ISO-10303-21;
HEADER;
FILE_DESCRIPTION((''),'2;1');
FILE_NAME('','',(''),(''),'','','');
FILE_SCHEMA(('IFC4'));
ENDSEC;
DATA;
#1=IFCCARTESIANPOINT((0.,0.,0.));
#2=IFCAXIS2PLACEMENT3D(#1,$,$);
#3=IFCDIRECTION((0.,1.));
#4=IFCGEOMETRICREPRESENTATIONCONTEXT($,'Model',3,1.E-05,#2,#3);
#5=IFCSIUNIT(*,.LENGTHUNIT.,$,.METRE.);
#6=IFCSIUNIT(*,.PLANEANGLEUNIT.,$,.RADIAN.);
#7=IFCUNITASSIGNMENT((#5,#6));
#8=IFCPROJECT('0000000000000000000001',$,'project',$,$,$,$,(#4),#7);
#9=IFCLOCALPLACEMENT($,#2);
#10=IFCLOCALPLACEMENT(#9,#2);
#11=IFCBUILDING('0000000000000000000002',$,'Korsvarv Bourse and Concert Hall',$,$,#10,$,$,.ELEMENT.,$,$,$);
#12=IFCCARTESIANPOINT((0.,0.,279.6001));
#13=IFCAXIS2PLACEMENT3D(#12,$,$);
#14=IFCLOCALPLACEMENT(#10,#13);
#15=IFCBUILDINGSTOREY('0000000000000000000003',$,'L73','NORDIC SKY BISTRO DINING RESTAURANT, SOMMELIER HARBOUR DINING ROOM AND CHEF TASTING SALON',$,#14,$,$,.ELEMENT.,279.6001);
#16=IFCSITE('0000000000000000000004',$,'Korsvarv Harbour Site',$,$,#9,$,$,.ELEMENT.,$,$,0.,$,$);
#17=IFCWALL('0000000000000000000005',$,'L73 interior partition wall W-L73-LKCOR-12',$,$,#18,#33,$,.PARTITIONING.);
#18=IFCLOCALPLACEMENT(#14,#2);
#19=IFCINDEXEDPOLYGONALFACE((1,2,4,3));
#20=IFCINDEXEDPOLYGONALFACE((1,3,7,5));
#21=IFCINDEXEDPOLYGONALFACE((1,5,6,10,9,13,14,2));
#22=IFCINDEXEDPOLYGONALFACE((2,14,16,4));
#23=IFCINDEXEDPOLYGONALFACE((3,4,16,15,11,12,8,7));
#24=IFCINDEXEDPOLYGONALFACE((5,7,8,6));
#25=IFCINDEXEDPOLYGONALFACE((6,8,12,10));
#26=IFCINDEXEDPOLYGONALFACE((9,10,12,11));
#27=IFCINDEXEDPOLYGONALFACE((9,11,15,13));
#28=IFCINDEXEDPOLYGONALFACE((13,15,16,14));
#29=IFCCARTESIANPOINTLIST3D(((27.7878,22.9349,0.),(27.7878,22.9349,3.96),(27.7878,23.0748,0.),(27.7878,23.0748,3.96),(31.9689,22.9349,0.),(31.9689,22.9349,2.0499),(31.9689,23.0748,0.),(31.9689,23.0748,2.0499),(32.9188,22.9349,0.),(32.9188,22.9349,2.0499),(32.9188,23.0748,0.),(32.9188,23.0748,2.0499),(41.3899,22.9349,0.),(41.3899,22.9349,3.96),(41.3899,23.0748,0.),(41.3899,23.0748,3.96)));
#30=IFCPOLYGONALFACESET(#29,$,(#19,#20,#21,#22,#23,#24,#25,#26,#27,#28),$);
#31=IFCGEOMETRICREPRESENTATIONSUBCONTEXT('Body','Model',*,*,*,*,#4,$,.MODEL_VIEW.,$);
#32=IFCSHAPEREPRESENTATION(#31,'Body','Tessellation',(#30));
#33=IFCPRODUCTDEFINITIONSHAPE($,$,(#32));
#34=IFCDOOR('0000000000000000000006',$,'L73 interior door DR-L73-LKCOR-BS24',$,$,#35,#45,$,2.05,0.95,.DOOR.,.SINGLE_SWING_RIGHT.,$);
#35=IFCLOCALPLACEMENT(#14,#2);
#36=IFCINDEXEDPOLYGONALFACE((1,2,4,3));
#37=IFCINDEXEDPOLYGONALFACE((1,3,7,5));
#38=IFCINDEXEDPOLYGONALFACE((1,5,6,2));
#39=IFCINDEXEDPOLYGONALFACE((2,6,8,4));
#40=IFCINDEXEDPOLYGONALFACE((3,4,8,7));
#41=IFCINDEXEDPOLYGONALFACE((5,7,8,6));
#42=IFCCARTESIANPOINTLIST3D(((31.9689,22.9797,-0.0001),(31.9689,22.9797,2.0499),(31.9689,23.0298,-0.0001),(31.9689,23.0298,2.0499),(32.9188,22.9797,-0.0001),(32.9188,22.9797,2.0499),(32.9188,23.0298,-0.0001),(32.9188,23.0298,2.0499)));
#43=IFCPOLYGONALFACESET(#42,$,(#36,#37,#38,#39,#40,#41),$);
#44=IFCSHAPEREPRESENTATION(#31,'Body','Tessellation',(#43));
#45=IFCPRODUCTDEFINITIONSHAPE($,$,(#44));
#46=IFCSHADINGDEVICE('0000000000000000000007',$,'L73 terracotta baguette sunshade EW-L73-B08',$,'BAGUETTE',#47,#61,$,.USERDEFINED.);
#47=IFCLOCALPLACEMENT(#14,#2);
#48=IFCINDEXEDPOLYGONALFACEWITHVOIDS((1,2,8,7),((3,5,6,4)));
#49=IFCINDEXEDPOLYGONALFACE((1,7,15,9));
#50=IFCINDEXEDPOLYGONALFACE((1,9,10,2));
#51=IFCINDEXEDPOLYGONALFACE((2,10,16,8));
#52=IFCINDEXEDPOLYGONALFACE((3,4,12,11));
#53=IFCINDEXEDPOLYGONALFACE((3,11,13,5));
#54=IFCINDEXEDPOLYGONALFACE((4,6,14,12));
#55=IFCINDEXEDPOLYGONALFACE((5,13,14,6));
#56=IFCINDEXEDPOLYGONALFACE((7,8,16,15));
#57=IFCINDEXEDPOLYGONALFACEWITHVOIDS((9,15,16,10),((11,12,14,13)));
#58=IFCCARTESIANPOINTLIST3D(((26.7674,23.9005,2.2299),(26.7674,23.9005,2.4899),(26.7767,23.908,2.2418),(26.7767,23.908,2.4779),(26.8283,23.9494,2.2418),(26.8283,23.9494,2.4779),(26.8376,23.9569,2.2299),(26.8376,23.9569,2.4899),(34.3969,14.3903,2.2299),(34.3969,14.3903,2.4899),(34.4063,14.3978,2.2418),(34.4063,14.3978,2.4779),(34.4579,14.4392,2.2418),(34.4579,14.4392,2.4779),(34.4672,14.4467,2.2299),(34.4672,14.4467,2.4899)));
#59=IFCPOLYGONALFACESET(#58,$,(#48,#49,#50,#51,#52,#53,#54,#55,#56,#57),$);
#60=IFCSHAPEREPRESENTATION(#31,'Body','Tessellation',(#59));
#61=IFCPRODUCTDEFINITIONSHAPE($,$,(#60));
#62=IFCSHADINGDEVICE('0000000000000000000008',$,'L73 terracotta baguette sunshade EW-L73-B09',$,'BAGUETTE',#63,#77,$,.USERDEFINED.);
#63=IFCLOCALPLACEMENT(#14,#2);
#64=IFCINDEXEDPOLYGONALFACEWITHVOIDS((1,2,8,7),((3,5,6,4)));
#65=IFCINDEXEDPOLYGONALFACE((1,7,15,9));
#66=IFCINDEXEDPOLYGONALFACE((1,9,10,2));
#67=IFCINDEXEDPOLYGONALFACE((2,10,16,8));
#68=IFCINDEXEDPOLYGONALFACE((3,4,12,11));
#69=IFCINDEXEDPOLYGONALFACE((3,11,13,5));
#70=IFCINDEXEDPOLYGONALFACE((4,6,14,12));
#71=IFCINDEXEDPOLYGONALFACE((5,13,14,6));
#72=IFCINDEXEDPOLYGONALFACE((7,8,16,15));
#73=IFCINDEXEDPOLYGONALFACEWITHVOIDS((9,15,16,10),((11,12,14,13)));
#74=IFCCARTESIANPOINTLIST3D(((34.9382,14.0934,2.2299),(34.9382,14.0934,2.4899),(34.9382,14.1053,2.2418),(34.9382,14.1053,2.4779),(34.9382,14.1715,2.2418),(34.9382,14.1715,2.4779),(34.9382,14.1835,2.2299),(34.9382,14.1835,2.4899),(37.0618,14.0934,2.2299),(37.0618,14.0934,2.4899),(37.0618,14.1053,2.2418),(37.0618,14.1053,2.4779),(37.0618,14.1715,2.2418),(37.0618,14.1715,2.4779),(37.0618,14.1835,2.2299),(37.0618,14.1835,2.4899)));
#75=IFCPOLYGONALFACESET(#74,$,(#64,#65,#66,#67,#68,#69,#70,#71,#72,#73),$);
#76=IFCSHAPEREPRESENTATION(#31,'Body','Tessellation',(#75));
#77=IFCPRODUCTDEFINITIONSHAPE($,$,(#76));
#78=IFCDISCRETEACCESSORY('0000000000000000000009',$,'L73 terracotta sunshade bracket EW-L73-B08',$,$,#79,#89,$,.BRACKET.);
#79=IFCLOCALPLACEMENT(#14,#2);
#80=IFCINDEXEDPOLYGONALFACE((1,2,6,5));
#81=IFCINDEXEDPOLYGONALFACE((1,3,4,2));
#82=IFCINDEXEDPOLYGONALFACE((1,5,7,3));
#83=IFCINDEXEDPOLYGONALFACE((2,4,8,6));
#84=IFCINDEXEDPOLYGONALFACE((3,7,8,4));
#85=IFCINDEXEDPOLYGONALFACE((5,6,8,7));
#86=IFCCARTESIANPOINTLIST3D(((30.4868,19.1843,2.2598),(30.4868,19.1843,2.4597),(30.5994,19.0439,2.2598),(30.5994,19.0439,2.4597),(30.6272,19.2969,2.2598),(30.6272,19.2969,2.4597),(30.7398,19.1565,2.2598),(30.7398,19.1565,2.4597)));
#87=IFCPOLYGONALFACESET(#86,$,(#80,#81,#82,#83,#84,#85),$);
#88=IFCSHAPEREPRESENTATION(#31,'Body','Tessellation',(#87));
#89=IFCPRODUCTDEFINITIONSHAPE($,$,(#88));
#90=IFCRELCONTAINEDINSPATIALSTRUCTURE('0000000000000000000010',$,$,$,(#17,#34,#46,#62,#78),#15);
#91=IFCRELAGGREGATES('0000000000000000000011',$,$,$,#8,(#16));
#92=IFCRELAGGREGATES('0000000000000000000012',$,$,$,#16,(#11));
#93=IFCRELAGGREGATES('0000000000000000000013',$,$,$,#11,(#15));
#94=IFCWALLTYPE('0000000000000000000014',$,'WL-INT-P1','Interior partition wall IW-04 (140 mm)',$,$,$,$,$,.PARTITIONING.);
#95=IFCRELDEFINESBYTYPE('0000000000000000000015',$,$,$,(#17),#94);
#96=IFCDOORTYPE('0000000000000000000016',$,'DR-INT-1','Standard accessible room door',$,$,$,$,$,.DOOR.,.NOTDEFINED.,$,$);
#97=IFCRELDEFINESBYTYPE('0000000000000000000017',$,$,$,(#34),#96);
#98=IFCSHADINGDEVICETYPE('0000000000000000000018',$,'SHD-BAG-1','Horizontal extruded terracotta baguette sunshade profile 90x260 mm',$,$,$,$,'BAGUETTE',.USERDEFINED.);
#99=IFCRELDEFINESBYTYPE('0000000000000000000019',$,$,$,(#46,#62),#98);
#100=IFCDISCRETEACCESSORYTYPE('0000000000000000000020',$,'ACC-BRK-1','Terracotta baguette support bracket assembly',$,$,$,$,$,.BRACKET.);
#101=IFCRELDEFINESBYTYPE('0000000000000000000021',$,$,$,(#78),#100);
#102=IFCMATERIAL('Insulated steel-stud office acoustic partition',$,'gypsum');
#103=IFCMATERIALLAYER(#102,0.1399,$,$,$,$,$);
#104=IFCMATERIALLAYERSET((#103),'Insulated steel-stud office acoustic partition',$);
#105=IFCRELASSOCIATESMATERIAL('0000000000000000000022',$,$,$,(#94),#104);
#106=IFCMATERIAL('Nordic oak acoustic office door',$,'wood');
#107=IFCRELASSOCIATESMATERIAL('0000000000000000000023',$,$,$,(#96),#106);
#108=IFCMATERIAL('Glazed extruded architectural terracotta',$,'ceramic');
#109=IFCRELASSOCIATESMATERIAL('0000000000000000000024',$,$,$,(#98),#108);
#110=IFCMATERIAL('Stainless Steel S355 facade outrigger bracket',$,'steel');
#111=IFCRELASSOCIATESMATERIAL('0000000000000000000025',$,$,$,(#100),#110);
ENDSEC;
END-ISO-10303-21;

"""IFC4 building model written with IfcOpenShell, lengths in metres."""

from ifc_helpers import new_model, si_unit, direction, frame, frame_2d, origin, origin_2d, place, context, subcontext, project, spatial, rectangle, hollow_rectangle, extrude, source, transform, mapped, material, layer, layer_set, material_profile, profile_set, type_object, element, fill, save


model = new_model("IFC4")

# Units and contexts
model_context = context("Model", 3, precision=1e-05, world=origin(), true_north=direction((0.0, 1.0)))
body_context = subcontext(model_context, "Body", "Model", "MODEL_VIEW")
ifc_project = project(units=[si_unit("LENGTHUNIT", "METRE"), si_unit("PLANEANGLEUNIT", "RADIAN")], contexts=[model_context])

# Site, building, storey
site_placement = place(None, origin())
site = spatial("IfcSite", under=ifc_project, at=site_placement, Name="Korsvarv Harbour Site", CompositionType="ELEMENT", RefElevation=0.0)
building_placement = place(site_placement, origin())
building = spatial("IfcBuilding", under=site, at=building_placement, Name="Korsvarv Bourse and Concert Hall", CompositionType="ELEMENT")
storey_placement = place(building_placement, frame((0.0, 0.0, 279.6001)))
storey = spatial("IfcBuildingStorey", under=building, at=storey_placement, Name="L73", Description="NORDIC SKY BISTRO DINING RESTAURANT, SOMMELIER HARBOUR DINING ROOM AND CHEF TASTING SALON", CompositionType="ELEMENT", Elevation=279.6001)

# Wall, opening, door
ifc_material_1 = material(Name="Insulated steel-stud office acoustic partition", Category="gypsum")
ifc_layer_1 = layer(ifc_material_1, 0.1399)
ifc_layer_set_1 = layer_set([ifc_layer_1], Name="Insulated steel-stud office acoustic partition")
wall_type_1 = type_object("IfcWallType", Name="WL-INT-P1", Description="Interior partition wall IW-04 (140 mm)", PredefinedType="PARTITIONING", material=ifc_layer_set_1)
wall_1_placement = place(storey_placement, frame((27.7878, 23.0049, 0.0), z_axis=(0.0, 0.0, 1.0), x_axis=(1.0, 0.0, 0.0)))
wall_1 = element("IfcWall", 1, at=wall_1_placement, inside=storey, type_object=wall_type_1, Name="L73 interior partition wall W-L73-LKCOR-12", PredefinedType="PARTITIONING", context=body_context, shape_type="SweptSolid", body=[
    extrude(rectangle(XDim=13.6021, YDim=0.1399, at=frame_2d((6.801, 0.0))), origin(), (0.0, 0.0, 1.0), 3.96),
])
opening_1_placement = place(wall_1_placement, frame((4.1809, 0.0, 0.0)))
opening_1 = element("IfcOpeningElement", 2, at=opening_1_placement, cuts=wall_1, PredefinedType="OPENING", context=body_context, shape_type="SweptSolid", body=[
    extrude(rectangle(XDim=0.95, YDim=2.05, at=frame_2d((0.4751, 1.0249))), frame((0.0, 0.0801, 0.0), z_axis=(0.0, -1.0, 0.0), x_axis=(1.0, 0.0, 0.0)), (0.0, 0.0, 1.0), 0.1599),
])
ifc_material_2 = material(Name="Nordic oak acoustic office door", Category="wood")
door_type = type_object("IfcDoorType", Name="DR-INT-1", Description="Standard accessible room door", OperationType="NOTDEFINED", PredefinedType="DOOR", material=ifc_material_2)
door_placement = place(opening_1_placement, origin())
door = element("IfcDoor", 3, at=door_placement, inside=storey, type_object=door_type, Name="L73 interior door DR-L73-LKCOR-BS24", OperationType="SINGLE_SWING_RIGHT", OverallHeight=2.05, OverallWidth=0.95, PredefinedType="DOOR", context=body_context, shape_type="SweptSolid", body=[
    extrude(rectangle(XDim=0.95, YDim=2.05, at=frame_2d((0.4751, 1.0249))), frame((0.0, 0.0249, 0.0), z_axis=(0.0, -1.0, 0.0), x_axis=(1.0, 0.0, 0.0)), (0.0, 0.0, 1.0), 0.05),
])
fill(opening_1, door)

# Shading devices
ifc_material_3 = material(Name="Glazed extruded architectural terracotta", Category="ceramic")
ifc_material_profile_1 = material_profile(ifc_material_3, hollow_rectangle(XDim=0.0901, YDim=0.26, WallThickness=0.012, at=origin_2d()), Name="TC-BAG 90x260")
ifc_profile_set_1 = profile_set([ifc_material_profile_1], Name="Glazed extruded architectural terracotta")
shading_device_type = type_object("IfcShadingDeviceType", Name="SHD-BAG-1", Description="Horizontal extruded terracotta baguette sunshade profile 90x260 mm", ElementType="BAGUETTE", PredefinedType="USERDEFINED", material=ifc_profile_set_1)
shared_shape_1 = source(origin(), body_context, "Body", "SweptSolid", [
    extrude(hollow_rectangle(XDim=0.0901, YDim=0.26, WallThickness=0.012, at=origin_2d()), origin(), (0.0, 0.0, 1.0), 12.1924),
])
shading_device_1_placement = place(storey_placement, frame((26.8025, 23.9287, 2.3599), z_axis=(0.625766, -0.78001, 0.0), x_axis=(0.78001, 0.625766, 0.0)))
element("IfcShadingDevice", 4, at=shading_device_1_placement, inside=storey, type_object=shading_device_type, Name="L73 terracotta baguette sunshade EW-L73-B08", ObjectType="BAGUETTE", PredefinedType="USERDEFINED", context=body_context, shape_type="MappedRepresentation", body=[
    mapped(shared_shape_1, transform((0.0, 0.0, 0.0), scale=1.0)),
])
shared_shape_2 = source(origin(), body_context, "Body", "SweptSolid", [
    extrude(hollow_rectangle(XDim=0.0901, YDim=0.26, WallThickness=0.012, at=origin_2d()), origin(), (0.0, 0.0, 1.0), 2.1235),
])
shading_device_2_placement = place(storey_placement, frame((34.9382, 14.1384, 2.3599), z_axis=(1.0, 0.0, 0.0), x_axis=(0.0, 1.0, 0.0)))
element("IfcShadingDevice", 5, at=shading_device_2_placement, inside=storey, type_object=shading_device_type, Name="L73 terracotta baguette sunshade EW-L73-B09", ObjectType="BAGUETTE", PredefinedType="USERDEFINED", context=body_context, shape_type="MappedRepresentation", body=[
    mapped(shared_shape_2, transform((0.0, 0.0, 0.0), scale=1.0)),
])

# Discrete accessory
ifc_material_4 = material(Name="Stainless Steel S355 facade outrigger bracket", Category="steel")
discrete_accessory_type = type_object("IfcDiscreteAccessoryType", Name="ACC-BRK-1", Description="Terracotta baguette support bracket assembly", PredefinedType="BRACKET", material=ifc_material_4)
shared_shape_3 = source(origin(), body_context, "Body", "SweptSolid", [
    extrude(rectangle(XDim=0.1799, YDim=0.1799, at=origin_2d()), origin(), (0.0, 0.0, 1.0), 0.2),
])
discrete_accessory_placement = place(storey_placement, frame((30.6133, 19.1704, 2.2598), z_axis=(0.0, 0.0, 1.0), x_axis=(0.625787, -0.779994, 0.0)))
element("IfcDiscreteAccessory", 6, at=discrete_accessory_placement, inside=storey, type_object=discrete_accessory_type, Name="L73 terracotta sunshade bracket EW-L73-B08", PredefinedType="BRACKET", context=body_context, shape_type="MappedRepresentation", body=[
    mapped(shared_shape_3, transform((0.0, 0.0, 0.0), scale=1.0)),
])

save(model, "model.ifc")
